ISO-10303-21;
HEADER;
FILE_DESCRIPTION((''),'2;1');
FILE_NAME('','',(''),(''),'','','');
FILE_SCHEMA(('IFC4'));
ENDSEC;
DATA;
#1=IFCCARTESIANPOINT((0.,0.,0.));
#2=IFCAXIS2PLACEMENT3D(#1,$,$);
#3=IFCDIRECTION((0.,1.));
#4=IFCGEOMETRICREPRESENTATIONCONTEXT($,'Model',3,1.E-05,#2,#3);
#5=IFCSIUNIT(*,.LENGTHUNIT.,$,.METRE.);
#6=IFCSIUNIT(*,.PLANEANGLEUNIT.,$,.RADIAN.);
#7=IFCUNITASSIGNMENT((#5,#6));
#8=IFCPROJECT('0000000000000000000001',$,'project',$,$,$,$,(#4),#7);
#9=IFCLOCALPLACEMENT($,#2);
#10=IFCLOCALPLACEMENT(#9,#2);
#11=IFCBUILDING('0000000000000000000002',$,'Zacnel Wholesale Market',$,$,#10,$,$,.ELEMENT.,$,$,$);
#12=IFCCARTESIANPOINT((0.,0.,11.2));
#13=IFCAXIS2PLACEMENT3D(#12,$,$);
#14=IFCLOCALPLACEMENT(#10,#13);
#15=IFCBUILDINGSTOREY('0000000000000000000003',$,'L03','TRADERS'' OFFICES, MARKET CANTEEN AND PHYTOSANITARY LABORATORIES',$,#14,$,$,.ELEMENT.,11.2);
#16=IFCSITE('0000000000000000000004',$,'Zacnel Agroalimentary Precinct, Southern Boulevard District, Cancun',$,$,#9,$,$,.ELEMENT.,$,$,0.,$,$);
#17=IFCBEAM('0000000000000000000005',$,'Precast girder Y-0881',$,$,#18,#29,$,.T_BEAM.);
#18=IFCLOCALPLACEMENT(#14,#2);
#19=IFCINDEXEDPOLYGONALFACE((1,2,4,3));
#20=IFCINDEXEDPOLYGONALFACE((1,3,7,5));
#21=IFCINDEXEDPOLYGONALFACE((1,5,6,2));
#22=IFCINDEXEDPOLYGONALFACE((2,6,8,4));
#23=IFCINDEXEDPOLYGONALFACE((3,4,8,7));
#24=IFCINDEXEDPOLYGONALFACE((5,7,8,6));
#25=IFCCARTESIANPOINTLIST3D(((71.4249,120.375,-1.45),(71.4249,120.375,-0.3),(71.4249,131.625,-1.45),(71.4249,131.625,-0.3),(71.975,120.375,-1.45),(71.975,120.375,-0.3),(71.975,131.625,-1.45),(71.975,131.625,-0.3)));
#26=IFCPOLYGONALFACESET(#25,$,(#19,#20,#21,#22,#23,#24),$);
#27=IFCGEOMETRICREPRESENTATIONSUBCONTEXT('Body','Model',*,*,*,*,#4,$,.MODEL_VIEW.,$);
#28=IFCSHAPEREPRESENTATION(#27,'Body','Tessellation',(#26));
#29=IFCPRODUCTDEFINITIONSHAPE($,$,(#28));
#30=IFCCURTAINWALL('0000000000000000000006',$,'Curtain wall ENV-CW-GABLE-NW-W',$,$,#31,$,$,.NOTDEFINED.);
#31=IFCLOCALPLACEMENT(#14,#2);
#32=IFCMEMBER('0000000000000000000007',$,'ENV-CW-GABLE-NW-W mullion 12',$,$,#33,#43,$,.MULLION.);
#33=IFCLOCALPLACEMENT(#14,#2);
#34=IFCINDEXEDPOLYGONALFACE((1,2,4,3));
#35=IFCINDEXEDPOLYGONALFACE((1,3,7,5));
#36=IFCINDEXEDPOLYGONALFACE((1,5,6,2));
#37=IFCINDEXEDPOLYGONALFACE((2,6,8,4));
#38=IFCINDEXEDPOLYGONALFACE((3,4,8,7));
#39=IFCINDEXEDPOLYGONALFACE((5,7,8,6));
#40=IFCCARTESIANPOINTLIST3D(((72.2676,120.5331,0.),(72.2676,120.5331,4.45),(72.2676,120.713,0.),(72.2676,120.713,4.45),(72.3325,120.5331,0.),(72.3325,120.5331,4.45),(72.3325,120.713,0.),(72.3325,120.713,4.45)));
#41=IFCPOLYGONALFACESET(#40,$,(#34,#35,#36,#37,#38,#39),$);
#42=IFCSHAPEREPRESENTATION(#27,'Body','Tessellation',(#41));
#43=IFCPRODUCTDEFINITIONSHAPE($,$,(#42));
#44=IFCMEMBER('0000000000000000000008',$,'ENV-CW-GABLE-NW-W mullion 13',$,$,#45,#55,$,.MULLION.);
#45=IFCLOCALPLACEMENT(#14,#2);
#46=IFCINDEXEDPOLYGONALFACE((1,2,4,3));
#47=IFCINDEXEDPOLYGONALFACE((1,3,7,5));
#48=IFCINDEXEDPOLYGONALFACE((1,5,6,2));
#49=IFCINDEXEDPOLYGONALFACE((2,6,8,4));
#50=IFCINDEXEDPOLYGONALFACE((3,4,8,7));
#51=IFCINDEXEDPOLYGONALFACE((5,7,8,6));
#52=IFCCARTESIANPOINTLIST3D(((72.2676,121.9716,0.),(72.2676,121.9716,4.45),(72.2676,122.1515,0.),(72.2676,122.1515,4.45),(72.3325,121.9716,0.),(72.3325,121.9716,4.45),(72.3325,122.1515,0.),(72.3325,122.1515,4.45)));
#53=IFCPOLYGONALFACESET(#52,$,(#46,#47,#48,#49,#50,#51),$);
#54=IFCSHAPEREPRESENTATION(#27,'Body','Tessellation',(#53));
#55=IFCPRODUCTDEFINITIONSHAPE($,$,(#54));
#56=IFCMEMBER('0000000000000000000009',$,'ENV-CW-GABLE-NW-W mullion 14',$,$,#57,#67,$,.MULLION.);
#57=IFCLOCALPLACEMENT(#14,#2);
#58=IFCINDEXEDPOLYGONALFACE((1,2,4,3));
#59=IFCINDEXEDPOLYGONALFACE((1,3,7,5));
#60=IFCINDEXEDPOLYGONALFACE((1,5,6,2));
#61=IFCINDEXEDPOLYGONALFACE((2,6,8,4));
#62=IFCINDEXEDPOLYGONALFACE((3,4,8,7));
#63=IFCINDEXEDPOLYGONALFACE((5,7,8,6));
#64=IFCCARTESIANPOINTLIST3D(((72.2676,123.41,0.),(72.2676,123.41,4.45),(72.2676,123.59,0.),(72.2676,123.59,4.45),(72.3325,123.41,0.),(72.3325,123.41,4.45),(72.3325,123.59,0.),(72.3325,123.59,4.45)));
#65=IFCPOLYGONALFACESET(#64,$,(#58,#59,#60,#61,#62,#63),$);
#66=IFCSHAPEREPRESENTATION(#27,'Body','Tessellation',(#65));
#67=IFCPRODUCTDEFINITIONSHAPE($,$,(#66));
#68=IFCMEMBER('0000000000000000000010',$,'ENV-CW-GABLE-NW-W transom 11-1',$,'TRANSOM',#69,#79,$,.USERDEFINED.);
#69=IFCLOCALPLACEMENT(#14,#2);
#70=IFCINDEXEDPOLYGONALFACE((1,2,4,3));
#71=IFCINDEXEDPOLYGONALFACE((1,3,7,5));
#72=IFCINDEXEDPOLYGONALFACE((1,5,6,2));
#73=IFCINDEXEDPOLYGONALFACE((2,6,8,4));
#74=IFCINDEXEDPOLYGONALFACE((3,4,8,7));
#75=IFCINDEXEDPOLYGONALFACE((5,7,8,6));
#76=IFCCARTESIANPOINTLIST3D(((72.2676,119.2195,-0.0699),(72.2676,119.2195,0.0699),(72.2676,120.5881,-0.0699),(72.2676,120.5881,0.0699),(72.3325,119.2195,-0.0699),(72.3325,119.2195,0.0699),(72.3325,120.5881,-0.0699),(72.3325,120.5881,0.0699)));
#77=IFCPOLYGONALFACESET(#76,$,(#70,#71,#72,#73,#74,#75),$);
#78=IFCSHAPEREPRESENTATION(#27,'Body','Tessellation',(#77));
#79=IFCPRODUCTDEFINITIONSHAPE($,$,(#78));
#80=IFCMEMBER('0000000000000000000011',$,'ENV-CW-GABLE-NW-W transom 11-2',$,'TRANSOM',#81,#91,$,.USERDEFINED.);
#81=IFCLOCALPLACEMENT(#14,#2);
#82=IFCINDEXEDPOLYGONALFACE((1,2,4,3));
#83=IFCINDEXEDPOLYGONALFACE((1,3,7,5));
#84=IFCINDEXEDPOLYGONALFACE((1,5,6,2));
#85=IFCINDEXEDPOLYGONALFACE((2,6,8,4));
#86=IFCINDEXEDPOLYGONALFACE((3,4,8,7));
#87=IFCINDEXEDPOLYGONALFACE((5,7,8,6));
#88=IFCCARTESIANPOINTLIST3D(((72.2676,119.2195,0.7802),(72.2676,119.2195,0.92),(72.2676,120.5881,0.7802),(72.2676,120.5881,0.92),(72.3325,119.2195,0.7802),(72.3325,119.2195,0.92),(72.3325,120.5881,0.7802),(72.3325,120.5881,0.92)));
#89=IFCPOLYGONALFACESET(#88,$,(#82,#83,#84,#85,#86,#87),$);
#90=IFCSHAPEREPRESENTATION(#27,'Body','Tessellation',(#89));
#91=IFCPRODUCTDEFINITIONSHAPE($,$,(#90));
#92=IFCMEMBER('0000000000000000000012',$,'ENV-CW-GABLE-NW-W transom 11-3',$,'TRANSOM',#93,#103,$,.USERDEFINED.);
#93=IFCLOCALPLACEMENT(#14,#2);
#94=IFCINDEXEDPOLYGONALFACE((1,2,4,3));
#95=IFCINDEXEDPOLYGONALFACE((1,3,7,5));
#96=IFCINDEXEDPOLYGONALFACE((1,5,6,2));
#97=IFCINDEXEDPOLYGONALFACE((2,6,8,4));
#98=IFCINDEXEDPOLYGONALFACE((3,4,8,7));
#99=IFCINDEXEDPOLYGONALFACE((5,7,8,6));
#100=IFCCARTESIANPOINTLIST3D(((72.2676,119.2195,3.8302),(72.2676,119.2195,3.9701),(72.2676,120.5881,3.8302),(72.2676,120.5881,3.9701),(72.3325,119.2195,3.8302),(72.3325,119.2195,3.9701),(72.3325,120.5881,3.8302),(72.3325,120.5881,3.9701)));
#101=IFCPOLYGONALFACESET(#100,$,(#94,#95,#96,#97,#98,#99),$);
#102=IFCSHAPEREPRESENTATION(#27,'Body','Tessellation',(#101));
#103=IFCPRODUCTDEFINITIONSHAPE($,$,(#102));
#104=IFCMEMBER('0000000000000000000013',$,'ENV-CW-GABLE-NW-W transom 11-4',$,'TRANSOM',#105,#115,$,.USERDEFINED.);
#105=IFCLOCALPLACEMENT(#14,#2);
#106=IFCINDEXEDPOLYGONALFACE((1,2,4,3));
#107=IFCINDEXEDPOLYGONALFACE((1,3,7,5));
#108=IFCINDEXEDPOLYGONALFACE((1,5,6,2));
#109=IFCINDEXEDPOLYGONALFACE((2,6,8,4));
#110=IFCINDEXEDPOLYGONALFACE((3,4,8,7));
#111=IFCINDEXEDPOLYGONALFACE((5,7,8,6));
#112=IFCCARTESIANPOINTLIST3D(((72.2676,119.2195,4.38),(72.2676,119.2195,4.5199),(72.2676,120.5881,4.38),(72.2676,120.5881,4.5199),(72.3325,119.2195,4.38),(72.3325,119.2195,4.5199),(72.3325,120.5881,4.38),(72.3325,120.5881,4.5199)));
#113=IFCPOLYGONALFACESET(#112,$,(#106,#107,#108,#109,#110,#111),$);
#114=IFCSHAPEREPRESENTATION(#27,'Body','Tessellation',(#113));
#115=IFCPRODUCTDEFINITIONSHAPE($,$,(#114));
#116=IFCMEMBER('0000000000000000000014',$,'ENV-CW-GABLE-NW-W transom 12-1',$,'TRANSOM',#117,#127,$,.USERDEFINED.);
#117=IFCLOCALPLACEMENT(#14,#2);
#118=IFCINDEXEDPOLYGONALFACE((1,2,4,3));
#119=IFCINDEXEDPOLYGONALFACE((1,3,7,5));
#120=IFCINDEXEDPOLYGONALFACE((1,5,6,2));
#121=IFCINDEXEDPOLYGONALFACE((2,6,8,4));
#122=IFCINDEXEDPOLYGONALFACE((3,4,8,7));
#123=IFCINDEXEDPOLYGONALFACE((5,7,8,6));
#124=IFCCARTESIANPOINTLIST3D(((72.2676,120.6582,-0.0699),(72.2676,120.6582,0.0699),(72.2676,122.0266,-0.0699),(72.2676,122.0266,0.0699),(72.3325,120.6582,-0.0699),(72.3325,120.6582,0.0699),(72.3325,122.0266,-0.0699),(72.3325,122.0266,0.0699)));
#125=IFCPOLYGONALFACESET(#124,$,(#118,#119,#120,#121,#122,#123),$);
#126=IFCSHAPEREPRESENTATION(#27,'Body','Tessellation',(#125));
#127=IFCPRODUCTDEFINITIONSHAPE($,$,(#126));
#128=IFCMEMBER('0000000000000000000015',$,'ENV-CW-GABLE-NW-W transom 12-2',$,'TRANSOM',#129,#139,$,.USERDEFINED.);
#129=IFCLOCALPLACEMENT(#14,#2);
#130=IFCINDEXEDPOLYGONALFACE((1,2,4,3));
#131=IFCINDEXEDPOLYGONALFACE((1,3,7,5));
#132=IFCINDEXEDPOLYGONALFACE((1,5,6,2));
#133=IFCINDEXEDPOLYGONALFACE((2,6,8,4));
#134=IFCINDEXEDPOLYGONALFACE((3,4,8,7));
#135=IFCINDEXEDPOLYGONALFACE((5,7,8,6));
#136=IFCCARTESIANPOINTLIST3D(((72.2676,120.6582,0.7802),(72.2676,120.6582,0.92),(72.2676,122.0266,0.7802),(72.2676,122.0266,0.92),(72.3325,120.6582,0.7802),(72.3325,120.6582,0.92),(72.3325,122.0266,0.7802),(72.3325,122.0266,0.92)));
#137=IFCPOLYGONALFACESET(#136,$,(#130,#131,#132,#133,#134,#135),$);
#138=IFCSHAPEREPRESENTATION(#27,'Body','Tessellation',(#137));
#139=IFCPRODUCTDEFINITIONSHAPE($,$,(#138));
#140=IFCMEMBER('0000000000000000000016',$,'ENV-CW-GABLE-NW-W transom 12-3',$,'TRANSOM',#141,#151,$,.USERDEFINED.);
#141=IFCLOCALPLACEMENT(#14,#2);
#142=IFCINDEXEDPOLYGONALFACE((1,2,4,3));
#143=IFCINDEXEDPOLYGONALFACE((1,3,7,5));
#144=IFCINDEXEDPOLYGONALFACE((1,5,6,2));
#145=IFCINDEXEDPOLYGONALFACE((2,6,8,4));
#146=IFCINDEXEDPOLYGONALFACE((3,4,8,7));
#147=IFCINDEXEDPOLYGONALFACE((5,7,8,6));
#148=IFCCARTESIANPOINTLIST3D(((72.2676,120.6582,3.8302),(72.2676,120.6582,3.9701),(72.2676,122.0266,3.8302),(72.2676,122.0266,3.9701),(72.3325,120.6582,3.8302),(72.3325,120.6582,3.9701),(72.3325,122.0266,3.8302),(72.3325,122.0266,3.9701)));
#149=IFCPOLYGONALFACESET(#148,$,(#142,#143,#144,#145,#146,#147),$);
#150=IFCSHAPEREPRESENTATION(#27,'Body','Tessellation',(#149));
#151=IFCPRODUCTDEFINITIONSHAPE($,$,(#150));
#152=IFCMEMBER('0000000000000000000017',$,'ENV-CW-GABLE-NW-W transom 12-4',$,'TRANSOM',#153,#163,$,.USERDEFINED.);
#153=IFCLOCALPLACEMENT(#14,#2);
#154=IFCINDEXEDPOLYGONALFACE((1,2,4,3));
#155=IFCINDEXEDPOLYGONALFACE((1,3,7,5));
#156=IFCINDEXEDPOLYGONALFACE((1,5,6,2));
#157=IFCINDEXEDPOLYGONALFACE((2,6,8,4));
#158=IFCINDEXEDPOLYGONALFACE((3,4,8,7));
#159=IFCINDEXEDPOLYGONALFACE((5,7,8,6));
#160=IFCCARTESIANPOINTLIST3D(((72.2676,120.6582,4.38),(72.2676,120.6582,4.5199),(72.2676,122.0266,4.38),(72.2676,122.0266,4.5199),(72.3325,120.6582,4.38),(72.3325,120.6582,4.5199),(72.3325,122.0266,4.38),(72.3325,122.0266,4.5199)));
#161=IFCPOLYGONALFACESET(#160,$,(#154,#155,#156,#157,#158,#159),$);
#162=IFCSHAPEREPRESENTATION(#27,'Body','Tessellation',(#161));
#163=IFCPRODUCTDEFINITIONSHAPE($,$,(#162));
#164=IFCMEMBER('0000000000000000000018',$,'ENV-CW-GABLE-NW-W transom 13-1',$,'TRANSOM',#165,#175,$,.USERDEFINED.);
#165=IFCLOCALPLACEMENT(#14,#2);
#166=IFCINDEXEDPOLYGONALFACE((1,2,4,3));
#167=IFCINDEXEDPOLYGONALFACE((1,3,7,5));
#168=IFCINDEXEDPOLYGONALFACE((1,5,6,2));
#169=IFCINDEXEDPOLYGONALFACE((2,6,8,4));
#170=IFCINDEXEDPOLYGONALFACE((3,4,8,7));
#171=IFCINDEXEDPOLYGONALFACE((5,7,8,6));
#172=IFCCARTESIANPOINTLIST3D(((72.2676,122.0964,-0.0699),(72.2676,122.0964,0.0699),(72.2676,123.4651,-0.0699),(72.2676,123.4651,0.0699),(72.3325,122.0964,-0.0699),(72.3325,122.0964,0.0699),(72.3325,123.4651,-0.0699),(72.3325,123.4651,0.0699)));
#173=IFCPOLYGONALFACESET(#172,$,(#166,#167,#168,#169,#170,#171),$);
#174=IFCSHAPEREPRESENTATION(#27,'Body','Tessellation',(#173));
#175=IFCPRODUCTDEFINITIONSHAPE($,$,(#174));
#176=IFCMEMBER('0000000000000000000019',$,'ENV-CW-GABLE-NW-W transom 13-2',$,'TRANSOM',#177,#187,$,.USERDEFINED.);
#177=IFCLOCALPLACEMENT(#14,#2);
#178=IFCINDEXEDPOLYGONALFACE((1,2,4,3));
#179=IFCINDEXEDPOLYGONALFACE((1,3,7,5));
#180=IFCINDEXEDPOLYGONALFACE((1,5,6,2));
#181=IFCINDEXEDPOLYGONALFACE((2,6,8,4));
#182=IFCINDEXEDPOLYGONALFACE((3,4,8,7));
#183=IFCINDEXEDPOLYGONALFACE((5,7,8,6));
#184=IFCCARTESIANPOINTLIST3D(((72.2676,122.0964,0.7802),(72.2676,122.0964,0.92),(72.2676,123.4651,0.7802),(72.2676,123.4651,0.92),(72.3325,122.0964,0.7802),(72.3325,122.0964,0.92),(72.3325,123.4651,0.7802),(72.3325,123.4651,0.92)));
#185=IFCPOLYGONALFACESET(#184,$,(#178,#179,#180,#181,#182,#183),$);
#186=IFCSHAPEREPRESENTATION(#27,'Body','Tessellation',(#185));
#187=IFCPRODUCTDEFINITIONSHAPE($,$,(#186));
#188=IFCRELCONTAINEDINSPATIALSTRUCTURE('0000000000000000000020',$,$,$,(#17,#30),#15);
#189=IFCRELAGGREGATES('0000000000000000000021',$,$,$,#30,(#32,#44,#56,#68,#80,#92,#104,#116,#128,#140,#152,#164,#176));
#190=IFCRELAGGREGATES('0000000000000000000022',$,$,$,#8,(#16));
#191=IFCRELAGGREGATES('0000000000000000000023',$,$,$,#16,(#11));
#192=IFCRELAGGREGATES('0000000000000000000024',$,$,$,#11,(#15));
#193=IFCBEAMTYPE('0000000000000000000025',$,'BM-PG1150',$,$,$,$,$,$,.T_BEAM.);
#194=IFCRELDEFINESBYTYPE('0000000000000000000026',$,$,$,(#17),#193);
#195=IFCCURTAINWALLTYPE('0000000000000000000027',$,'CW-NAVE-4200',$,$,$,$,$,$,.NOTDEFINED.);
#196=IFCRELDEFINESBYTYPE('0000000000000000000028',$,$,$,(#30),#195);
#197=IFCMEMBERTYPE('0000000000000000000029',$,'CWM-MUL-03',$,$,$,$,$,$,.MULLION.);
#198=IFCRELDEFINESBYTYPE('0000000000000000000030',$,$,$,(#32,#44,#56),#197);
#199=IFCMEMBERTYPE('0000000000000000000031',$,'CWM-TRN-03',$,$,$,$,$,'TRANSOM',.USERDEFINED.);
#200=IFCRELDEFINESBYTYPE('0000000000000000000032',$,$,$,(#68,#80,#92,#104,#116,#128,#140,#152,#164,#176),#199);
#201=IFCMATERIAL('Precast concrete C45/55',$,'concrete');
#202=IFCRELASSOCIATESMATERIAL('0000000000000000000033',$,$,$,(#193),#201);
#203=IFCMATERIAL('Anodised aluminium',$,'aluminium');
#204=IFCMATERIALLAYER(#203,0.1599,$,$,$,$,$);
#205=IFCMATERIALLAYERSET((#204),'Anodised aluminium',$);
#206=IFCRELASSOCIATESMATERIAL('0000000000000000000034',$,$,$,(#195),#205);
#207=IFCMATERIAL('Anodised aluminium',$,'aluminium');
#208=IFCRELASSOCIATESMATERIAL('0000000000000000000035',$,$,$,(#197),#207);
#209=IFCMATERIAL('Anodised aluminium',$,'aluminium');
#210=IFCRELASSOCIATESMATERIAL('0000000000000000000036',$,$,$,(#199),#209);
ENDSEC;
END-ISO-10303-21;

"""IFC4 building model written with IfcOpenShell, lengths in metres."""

from ifc_helpers import new_model, si_unit, direction, frame, origin, origin_2d, place, context, subcontext, project, spatial, rectangle, extrude, material, layer, layer_set, material_profile, profile_set, type_object, element, aggregate, save


model = new_model("IFC4")

# Units and contexts
model_context = context("Model", 3, precision=1e-05, world=origin(), true_north=direction((0.0, 1.0)))
body_context = subcontext(model_context, "Body", "Model", "MODEL_VIEW")
ifc_project = project(units=[si_unit("LENGTHUNIT", "METRE"), si_unit("PLANEANGLEUNIT", "RADIAN")], contexts=[model_context])

# Site, building, storey
site_placement = place(None, origin())
site = spatial("IfcSite", under=ifc_project, at=site_placement, Name="Zacnel Agroalimentary Precinct, Southern Boulevard District, Cancun", CompositionType="ELEMENT", RefElevation=0.0)
building_placement = place(site_placement, origin())
building = spatial("IfcBuilding", under=site, at=building_placement, Name="Zacnel Wholesale Market", CompositionType="ELEMENT")
storey_placement = place(building_placement, frame((0.0, 0.0, 11.2)))
storey = spatial("IfcBuildingStorey", under=building, at=storey_placement, Name="L03", Description="TRADERS' OFFICES, MARKET CANTEEN AND PHYTOSANITARY LABORATORIES", CompositionType="ELEMENT", Elevation=11.2)

# Beam
ifc_material_1 = material(Name="Precast concrete C45/55", Category="concrete")
ifc_material_profile_1 = material_profile(ifc_material_1, rectangle(XDim=0.55, YDim=1.1499, at=origin_2d()), Name="PG 550x1150")
ifc_profile_set_1 = profile_set([ifc_material_profile_1], Name="Precast concrete C45/55")
beam_type = type_object("IfcBeamType", Name="BM-PG1150", PredefinedType="T_BEAM", material=ifc_profile_set_1)
beam_placement = place(storey_placement, frame((71.7, 120.375, -0.875), z_axis=(0.0, 1.0, 0.0), x_axis=(-1.0, 0.0, 0.0)))
element("IfcBeam", 1, at=beam_placement, inside=storey, type_object=beam_type, Name="Precast girder Y-0881", PredefinedType="T_BEAM", context=body_context, shape_type="SweptSolid", body=[
    extrude(rectangle(XDim=0.55, YDim=1.1499, at=origin_2d()), origin(), (0.0, 0.0, 1.0), 11.25),
])

# Curtain wall, members
ifc_material_2 = material(Name="Anodised aluminium", Category="aluminium")
ifc_layer_1 = layer(ifc_material_2, 0.1599)
ifc_layer_set_1 = layer_set([ifc_layer_1], Name="Anodised aluminium")
curtain_wall_type = type_object("IfcCurtainWallType", Name="CW-NAVE-4200", PredefinedType="NOTDEFINED", material=ifc_layer_set_1)
curtain_wall_placement = place(storey_placement, origin())
curtain_wall = element("IfcCurtainWall", 2, at=curtain_wall_placement, inside=storey, type_object=curtain_wall_type, Name="Curtain wall ENV-CW-GABLE-NW-W", PredefinedType="NOTDEFINED")
ifc_material_3 = material(Name="Anodised aluminium", Category="aluminium")
ifc_material_profile_2 = material_profile(ifc_material_3, rectangle(XDim=0.0649, YDim=0.1799, at=origin_2d()), Name="AW-MULLION 65x180")
ifc_profile_set_2 = profile_set([ifc_material_profile_2], Name="Anodised aluminium")
member_type_1 = type_object("IfcMemberType", Name="CWM-MUL-03", PredefinedType="MULLION", material=ifc_profile_set_2)
member_1_placement = place(storey_placement, frame((72.3, 120.623, 0.0), z_axis=(0.0, 0.0, 1.0), x_axis=(1.0, 0.0, 0.0)))
member_1 = element("IfcMember", 3, at=member_1_placement, type_object=member_type_1, Name="ENV-CW-GABLE-NW-W mullion 12", PredefinedType="MULLION", context=body_context, shape_type="SweptSolid", body=[
    extrude(rectangle(XDim=0.0649, YDim=0.1799, at=origin_2d()), origin(), (0.0, 0.0, 1.0), 4.45),
])
member_2_placement = place(storey_placement, frame((72.3, 122.0615, 0.0), z_axis=(0.0, 0.0, 1.0), x_axis=(1.0, 0.0, 0.0)))
member_2 = element("IfcMember", 4, at=member_2_placement, type_object=member_type_1, Name="ENV-CW-GABLE-NW-W mullion 13", PredefinedType="MULLION", context=body_context, shape_type="SweptSolid", body=[
    extrude(rectangle(XDim=0.0649, YDim=0.1799, at=origin_2d()), origin(), (0.0, 0.0, 1.0), 4.45),
])
member_3_placement = place(storey_placement, frame((72.3, 123.5, 0.0), z_axis=(0.0, 0.0, 1.0), x_axis=(1.0, 0.0, 0.0)))
member_3 = element("IfcMember", 5, at=member_3_placement, type_object=member_type_1, Name="ENV-CW-GABLE-NW-W mullion 14", PredefinedType="MULLION", context=body_context, shape_type="SweptSolid", body=[
    extrude(rectangle(XDim=0.0649, YDim=0.1799, at=origin_2d()), origin(), (0.0, 0.0, 1.0), 4.45),
])
ifc_material_4 = material(Name="Anodised aluminium", Category="aluminium")
ifc_material_profile_3 = material_profile(ifc_material_4, rectangle(XDim=0.0649, YDim=0.1399, at=origin_2d()), Name="AW-TRANSOM 65x140")
ifc_profile_set_3 = profile_set([ifc_material_profile_3], Name="Anodised aluminium")
member_type_2 = type_object("IfcMemberType", Name="CWM-TRN-03", ElementType="TRANSOM", PredefinedType="USERDEFINED", material=ifc_profile_set_3)
member_4_placement = place(storey_placement, frame((72.3, 119.2195, 0.0), z_axis=(0.0, 1.0, 0.0), x_axis=(-1.0, 0.0, 0.0)))
member_4 = element("IfcMember", 6, at=member_4_placement, type_object=member_type_2, Name="ENV-CW-GABLE-NW-W transom 11-1", ObjectType="TRANSOM", PredefinedType="USERDEFINED", context=body_context, shape_type="SweptSolid", body=[
    extrude(rectangle(XDim=0.0649, YDim=0.1399, at=origin_2d()), origin(), (0.0, 0.0, 1.0), 1.3687),
])
member_5_placement = place(storey_placement, frame((72.3, 119.2195, 0.8501), z_axis=(0.0, 1.0, 0.0), x_axis=(-1.0, 0.0, 0.0)))
member_5 = element("IfcMember", 7, at=member_5_placement, type_object=member_type_2, Name="ENV-CW-GABLE-NW-W transom 11-2", ObjectType="TRANSOM", PredefinedType="USERDEFINED", context=body_context, shape_type="SweptSolid", body=[
    extrude(rectangle(XDim=0.0649, YDim=0.1399, at=origin_2d()), origin(), (0.0, 0.0, 1.0), 1.3687),
])
member_6_placement = place(storey_placement, frame((72.3, 119.2195, 3.9001), z_axis=(0.0, 1.0, 0.0), x_axis=(-1.0, 0.0, 0.0)))
member_6 = element("IfcMember", 8, at=member_6_placement, type_object=member_type_2, Name="ENV-CW-GABLE-NW-W transom 11-3", ObjectType="TRANSOM", PredefinedType="USERDEFINED", context=body_context, shape_type="SweptSolid", body=[
    extrude(rectangle(XDim=0.0649, YDim=0.1399, at=origin_2d()), origin(), (0.0, 0.0, 1.0), 1.3687),
])
member_7_placement = place(storey_placement, frame((72.3, 119.2195, 4.45), z_axis=(0.0, 1.0, 0.0), x_axis=(-1.0, 0.0, 0.0)))
member_7 = element("IfcMember", 9, at=member_7_placement, type_object=member_type_2, Name="ENV-CW-GABLE-NW-W transom 11-4", ObjectType="TRANSOM", PredefinedType="USERDEFINED", context=body_context, shape_type="SweptSolid", body=[
    extrude(rectangle(XDim=0.0649, YDim=0.1399, at=origin_2d()), origin(), (0.0, 0.0, 1.0), 1.3687),
])
member_8_placement = place(storey_placement, frame((72.3, 120.6582, 0.0), z_axis=(0.0, 1.0, 0.0), x_axis=(-1.0, 0.0, 0.0)))
member_8 = element("IfcMember", 10, at=member_8_placement, type_object=member_type_2, Name="ENV-CW-GABLE-NW-W transom 12-1", ObjectType="TRANSOM", PredefinedType="USERDEFINED", context=body_context, shape_type="SweptSolid", body=[
    extrude(rectangle(XDim=0.0649, YDim=0.1399, at=origin_2d()), origin(), (0.0, 0.0, 1.0), 1.3684),
])
member_9_placement = place(storey_placement, frame((72.3, 120.6582, 0.8501), z_axis=(0.0, 1.0, 0.0), x_axis=(-1.0, 0.0, 0.0)))
member_9 = element("IfcMember", 11, at=member_9_placement, type_object=member_type_2, Name="ENV-CW-GABLE-NW-W transom 12-2", ObjectType="TRANSOM", PredefinedType="USERDEFINED", context=body_context, shape_type="SweptSolid", body=[
    extrude(rectangle(XDim=0.0649, YDim=0.1399, at=origin_2d()), origin(), (0.0, 0.0, 1.0), 1.3684),
])
member_10_placement = place(storey_placement, frame((72.3, 120.6582, 3.9001), z_axis=(0.0, 1.0, 0.0), x_axis=(-1.0, 0.0, 0.0)))
member_10 = element("IfcMember", 12, at=member_10_placement, type_object=member_type_2, Name="ENV-CW-GABLE-NW-W transom 12-3", ObjectType="TRANSOM", PredefinedType="USERDEFINED", context=body_context, shape_type="SweptSolid", body=[
    extrude(rectangle(XDim=0.0649, YDim=0.1399, at=origin_2d()), origin(), (0.0, 0.0, 1.0), 1.3684),
])
member_11_placement = place(storey_placement, frame((72.3, 120.6582, 4.45), z_axis=(0.0, 1.0, 0.0), x_axis=(-1.0, 0.0, 0.0)))
member_11 = element("IfcMember", 13, at=member_11_placement, type_object=member_type_2, Name="ENV-CW-GABLE-NW-W transom 12-4", ObjectType="TRANSOM", PredefinedType="USERDEFINED", context=body_context, shape_type="SweptSolid", body=[
    extrude(rectangle(XDim=0.0649, YDim=0.1399, at=origin_2d()), origin(), (0.0, 0.0, 1.0), 1.3684),
])
member_12_placement = place(storey_placement, frame((72.3, 122.0964, 0.0), z_axis=(0.0, 1.0, 0.0), x_axis=(-1.0, 0.0, 0.0)))
member_12 = element("IfcMember", 14, at=member_12_placement, type_object=member_type_2, Name="ENV-CW-GABLE-NW-W transom 13-1", ObjectType="TRANSOM", PredefinedType="USERDEFINED", context=body_context, shape_type="SweptSolid", body=[
    extrude(rectangle(XDim=0.0649, YDim=0.1399, at=origin_2d()), origin(), (0.0, 0.0, 1.0), 1.3687),
])
member_13_placement = place(storey_placement, frame((72.3, 122.0964, 0.8501), z_axis=(0.0, 1.0, 0.0), x_axis=(-1.0, 0.0, 0.0)))
member_13 = element("IfcMember", 15, at=member_13_placement, type_object=member_type_2, Name="ENV-CW-GABLE-NW-W transom 13-2", ObjectType="TRANSOM", PredefinedType="USERDEFINED", context=body_context, shape_type="SweptSolid", body=[
    extrude(rectangle(XDim=0.0649, YDim=0.1399, at=origin_2d()), origin(), (0.0, 0.0, 1.0), 1.3687),
])
aggregate(curtain_wall, [member_1, member_2, member_3, member_4, member_5, member_6, member_7, member_8, member_9, member_10, member_11, member_12, member_13])

save(model, "model.ifc")
